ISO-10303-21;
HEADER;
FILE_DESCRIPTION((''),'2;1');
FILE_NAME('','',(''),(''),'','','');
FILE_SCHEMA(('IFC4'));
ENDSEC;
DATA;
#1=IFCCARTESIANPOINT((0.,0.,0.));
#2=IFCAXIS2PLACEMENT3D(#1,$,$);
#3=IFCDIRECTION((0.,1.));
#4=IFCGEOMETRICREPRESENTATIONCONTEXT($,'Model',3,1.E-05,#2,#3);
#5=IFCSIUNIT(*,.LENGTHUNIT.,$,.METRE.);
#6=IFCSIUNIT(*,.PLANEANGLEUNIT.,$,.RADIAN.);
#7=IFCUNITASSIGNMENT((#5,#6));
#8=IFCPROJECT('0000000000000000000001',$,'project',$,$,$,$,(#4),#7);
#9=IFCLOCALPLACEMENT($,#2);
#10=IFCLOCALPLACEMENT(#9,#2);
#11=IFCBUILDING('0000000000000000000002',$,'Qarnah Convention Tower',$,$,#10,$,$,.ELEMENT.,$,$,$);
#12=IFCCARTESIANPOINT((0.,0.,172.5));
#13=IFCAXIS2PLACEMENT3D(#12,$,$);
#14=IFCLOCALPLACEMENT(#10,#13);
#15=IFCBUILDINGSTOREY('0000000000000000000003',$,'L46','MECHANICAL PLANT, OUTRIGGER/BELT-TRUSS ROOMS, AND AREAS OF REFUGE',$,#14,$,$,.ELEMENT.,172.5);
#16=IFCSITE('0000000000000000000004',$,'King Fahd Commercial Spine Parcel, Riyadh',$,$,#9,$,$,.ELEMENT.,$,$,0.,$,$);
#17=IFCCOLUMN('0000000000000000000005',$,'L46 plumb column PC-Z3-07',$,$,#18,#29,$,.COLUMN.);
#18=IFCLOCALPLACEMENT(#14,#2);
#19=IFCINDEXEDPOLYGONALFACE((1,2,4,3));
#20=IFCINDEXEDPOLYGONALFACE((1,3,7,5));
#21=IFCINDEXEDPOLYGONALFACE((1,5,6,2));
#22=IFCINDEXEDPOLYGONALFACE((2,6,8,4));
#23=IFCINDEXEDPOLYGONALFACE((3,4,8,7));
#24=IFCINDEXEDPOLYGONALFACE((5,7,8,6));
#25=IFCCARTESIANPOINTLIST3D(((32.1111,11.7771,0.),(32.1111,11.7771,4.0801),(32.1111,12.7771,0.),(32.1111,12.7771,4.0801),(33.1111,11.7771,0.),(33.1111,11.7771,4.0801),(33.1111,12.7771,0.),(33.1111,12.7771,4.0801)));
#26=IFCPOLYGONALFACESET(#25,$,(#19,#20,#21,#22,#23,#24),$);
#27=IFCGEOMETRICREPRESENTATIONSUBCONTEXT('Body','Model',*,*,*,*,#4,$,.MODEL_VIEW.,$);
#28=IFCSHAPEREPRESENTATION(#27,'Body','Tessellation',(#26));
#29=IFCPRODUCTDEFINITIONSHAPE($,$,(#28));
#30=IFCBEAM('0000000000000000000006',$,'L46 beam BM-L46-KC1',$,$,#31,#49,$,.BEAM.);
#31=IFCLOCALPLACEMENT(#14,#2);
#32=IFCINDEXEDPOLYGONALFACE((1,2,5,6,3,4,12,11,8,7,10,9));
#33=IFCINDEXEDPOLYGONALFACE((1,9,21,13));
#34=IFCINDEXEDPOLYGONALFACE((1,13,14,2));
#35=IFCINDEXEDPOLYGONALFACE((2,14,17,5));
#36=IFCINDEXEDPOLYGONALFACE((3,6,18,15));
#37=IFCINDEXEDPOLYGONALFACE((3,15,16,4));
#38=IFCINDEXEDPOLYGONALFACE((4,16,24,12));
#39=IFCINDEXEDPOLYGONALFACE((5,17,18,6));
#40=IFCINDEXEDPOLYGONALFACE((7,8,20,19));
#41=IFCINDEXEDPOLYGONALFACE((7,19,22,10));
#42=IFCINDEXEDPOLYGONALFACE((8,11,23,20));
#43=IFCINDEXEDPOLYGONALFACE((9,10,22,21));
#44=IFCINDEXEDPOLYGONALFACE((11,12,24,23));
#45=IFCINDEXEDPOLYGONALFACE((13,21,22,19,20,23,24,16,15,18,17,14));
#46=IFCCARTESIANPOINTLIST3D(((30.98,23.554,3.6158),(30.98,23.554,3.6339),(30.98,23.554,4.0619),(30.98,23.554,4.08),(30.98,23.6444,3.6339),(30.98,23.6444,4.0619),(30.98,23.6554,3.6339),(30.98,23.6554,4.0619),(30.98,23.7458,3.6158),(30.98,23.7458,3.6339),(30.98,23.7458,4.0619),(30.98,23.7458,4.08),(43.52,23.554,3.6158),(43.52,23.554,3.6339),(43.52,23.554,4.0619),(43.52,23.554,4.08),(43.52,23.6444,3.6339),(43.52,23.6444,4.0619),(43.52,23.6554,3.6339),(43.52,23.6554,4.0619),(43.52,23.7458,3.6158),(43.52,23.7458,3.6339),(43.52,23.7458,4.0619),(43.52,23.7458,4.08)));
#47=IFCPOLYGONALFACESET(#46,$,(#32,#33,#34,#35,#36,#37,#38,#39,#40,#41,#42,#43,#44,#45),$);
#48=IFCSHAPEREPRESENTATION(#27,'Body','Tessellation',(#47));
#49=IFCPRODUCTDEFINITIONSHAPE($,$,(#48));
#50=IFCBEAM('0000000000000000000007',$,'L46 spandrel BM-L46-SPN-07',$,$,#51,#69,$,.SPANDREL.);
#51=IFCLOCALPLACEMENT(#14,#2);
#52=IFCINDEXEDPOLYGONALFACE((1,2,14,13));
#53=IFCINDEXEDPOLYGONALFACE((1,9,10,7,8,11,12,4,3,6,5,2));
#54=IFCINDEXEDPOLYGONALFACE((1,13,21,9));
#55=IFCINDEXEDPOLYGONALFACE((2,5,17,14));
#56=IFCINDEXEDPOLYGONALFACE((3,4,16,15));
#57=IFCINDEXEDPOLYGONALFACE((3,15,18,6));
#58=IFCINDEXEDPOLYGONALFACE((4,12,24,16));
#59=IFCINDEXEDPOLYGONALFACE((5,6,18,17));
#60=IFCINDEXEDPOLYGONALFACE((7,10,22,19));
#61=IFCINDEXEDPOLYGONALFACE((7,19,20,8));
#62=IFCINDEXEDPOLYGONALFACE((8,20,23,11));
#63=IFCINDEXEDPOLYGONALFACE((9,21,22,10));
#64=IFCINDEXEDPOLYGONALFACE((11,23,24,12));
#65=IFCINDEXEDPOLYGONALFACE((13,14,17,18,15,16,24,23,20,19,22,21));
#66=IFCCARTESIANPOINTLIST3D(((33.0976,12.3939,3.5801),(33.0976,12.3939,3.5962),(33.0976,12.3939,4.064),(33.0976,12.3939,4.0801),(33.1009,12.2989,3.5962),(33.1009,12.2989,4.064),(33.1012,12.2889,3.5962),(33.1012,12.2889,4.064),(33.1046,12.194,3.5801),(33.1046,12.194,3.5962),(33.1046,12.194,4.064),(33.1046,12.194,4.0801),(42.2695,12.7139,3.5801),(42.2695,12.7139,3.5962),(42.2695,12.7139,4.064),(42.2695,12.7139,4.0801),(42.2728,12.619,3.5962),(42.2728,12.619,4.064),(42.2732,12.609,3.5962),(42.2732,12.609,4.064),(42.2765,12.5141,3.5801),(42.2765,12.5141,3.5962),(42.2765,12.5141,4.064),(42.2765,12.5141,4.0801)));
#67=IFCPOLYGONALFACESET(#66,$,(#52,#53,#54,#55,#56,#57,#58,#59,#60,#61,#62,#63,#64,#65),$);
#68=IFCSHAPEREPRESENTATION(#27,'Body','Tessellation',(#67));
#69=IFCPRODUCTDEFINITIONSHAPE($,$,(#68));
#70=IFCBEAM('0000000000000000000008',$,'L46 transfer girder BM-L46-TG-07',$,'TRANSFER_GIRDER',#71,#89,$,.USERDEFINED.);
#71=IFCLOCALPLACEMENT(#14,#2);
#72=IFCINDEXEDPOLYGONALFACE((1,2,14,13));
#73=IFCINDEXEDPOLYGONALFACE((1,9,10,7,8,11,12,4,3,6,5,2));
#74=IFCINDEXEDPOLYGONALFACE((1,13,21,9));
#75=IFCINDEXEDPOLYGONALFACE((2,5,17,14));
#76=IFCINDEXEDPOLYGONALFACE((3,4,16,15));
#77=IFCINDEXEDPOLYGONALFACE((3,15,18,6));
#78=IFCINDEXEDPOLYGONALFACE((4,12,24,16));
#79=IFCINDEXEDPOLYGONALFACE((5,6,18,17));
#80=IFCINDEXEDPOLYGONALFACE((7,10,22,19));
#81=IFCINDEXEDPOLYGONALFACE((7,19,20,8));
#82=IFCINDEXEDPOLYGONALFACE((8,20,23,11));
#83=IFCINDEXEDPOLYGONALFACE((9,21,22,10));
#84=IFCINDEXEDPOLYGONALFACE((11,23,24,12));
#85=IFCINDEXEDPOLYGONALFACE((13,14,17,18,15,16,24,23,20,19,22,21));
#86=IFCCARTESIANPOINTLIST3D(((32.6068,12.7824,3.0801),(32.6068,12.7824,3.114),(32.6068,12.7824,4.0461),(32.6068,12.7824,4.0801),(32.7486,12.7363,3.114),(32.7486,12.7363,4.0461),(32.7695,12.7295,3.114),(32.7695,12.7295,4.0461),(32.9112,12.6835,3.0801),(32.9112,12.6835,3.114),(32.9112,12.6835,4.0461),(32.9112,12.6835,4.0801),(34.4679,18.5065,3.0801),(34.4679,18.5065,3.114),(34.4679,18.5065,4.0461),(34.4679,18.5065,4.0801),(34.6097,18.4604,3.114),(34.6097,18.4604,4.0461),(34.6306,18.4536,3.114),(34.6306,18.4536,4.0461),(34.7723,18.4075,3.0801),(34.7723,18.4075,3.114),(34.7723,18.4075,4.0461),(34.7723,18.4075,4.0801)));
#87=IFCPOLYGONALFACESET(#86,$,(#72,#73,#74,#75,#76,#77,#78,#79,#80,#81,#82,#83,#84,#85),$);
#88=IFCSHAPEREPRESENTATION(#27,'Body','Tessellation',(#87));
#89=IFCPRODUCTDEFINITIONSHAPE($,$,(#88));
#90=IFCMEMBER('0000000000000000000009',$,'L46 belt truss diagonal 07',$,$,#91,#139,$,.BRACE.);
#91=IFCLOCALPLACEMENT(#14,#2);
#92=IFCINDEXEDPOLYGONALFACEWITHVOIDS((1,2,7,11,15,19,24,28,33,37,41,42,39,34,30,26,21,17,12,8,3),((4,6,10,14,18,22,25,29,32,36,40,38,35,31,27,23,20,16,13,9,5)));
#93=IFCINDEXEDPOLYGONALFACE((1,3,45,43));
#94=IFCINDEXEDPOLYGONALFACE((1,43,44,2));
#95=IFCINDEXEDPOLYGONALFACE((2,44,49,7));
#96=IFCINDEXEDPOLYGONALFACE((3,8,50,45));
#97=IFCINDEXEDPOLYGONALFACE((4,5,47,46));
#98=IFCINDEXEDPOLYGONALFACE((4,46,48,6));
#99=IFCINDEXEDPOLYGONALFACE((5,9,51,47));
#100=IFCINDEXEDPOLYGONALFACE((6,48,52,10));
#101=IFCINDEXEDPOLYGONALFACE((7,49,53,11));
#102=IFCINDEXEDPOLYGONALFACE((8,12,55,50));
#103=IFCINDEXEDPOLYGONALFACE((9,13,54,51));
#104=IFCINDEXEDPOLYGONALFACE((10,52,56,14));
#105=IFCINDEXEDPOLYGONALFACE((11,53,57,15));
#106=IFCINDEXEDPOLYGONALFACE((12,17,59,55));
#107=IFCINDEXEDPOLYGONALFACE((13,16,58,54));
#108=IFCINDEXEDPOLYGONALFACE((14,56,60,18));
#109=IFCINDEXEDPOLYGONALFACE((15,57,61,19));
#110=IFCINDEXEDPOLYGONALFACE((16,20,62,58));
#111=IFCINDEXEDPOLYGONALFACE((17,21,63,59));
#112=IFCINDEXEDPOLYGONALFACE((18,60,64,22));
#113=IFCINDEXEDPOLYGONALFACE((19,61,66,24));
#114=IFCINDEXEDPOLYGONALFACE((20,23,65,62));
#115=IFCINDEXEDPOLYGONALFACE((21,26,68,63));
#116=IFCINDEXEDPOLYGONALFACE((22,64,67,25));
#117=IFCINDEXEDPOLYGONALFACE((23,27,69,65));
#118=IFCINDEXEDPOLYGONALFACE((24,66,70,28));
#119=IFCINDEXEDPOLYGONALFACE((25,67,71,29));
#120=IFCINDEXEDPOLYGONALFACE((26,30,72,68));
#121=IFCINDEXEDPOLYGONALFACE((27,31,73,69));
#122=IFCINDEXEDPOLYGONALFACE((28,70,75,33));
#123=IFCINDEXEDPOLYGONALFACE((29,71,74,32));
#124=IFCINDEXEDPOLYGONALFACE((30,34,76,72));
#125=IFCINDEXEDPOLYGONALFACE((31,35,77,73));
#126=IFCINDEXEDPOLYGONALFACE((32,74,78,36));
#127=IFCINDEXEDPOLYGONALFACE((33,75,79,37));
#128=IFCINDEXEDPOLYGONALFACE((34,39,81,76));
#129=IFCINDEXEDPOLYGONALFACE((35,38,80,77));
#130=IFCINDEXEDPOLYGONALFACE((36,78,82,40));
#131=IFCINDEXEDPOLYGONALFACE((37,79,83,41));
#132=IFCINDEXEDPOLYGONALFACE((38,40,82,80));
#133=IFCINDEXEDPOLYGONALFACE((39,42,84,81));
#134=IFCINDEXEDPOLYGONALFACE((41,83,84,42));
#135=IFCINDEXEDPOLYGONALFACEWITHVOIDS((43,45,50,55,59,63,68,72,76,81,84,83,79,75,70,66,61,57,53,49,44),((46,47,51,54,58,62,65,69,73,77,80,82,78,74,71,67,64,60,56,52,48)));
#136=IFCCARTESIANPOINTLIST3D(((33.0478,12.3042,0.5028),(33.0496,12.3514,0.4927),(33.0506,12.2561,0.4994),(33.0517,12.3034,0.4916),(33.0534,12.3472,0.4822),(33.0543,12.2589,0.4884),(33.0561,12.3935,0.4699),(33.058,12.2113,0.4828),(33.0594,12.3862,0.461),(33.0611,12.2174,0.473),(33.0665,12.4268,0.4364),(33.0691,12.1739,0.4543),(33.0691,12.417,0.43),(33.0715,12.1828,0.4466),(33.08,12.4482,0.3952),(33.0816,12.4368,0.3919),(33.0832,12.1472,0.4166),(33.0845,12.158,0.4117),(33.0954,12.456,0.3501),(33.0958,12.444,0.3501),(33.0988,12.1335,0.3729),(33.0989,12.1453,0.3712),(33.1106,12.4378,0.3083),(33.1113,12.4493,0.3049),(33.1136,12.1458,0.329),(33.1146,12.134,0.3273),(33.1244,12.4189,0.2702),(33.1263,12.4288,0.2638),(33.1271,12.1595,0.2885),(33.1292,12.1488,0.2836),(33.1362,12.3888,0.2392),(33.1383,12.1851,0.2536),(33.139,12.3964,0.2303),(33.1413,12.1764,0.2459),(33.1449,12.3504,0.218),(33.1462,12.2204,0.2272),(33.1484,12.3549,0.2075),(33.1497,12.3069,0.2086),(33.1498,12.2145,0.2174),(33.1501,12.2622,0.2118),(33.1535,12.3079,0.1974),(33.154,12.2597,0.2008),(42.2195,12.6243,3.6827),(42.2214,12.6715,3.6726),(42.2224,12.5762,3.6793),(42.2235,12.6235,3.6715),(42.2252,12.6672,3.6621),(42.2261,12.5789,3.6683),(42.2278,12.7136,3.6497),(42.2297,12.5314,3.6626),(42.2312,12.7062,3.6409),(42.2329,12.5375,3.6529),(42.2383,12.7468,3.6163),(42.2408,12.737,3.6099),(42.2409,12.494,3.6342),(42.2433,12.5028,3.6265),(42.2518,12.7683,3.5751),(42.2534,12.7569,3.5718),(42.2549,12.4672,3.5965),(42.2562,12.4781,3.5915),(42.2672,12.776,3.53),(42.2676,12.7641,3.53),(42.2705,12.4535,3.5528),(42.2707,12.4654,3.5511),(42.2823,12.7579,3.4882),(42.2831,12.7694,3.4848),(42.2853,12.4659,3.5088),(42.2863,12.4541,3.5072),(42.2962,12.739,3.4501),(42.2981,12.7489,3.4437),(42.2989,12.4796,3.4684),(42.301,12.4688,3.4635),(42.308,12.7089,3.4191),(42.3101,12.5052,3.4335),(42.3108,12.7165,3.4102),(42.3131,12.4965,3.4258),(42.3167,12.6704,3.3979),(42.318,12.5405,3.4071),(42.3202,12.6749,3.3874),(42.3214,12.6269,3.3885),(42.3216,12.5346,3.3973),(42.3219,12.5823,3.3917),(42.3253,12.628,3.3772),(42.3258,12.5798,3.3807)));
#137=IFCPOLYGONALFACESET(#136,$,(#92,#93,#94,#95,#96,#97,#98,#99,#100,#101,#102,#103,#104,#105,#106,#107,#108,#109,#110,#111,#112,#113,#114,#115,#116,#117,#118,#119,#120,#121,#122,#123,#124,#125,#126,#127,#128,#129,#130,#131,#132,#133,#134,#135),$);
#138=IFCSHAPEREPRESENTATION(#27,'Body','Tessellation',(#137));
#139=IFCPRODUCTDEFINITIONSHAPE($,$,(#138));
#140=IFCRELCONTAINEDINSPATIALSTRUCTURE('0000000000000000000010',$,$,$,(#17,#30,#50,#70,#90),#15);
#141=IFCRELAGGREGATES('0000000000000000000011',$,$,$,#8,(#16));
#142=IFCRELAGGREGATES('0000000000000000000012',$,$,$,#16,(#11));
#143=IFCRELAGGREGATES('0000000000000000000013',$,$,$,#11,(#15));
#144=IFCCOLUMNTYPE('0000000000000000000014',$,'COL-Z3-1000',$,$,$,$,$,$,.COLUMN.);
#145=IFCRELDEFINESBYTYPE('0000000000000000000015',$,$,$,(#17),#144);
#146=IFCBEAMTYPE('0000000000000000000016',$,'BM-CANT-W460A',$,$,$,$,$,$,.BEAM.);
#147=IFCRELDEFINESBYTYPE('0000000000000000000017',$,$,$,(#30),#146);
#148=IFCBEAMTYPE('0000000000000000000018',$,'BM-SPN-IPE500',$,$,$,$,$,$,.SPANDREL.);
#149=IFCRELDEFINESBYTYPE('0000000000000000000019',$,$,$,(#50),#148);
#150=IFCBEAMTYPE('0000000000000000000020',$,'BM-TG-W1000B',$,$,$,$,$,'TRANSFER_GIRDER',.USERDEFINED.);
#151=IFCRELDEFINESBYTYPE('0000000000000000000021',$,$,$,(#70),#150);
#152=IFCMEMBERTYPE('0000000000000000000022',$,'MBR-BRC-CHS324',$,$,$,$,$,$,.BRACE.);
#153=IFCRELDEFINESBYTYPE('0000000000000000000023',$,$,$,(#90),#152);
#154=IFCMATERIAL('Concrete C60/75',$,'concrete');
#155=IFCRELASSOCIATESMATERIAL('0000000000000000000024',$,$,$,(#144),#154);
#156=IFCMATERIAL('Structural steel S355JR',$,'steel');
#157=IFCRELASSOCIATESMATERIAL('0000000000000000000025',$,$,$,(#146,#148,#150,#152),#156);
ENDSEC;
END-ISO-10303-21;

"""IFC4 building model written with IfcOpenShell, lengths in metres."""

from ifc_helpers import new_model, si_unit, direction, frame, origin, origin_2d, place, context, subcontext, project, spatial, rectangle, hollow_circle, i_section, extrude, material, material_profile, profile_set, type_object, element, save


model = new_model("IFC4")

# Units and contexts
model_context = context("Model", 3, precision=1e-05, world=origin(), true_north=direction((0.0, 1.0)))
body_context = subcontext(model_context, "Body", "Model", "MODEL_VIEW")
ifc_project = project(units=[si_unit("LENGTHUNIT", "METRE"), si_unit("PLANEANGLEUNIT", "RADIAN")], contexts=[model_context])

# Site, building, storey
site_placement = place(None, origin())
site = spatial("IfcSite", under=ifc_project, at=site_placement, Name="King Fahd Commercial Spine Parcel, Riyadh", CompositionType="ELEMENT", RefElevation=0.0)
building_placement = place(site_placement, origin())
building = spatial("IfcBuilding", under=site, at=building_placement, Name="Qarnah Convention Tower", CompositionType="ELEMENT")
storey_placement = place(building_placement, frame((0.0, 0.0, 172.5)))
storey = spatial("IfcBuildingStorey", under=building, at=storey_placement, Name="L46", Description="MECHANICAL PLANT, OUTRIGGER/BELT-TRUSS ROOMS, AND AREAS OF REFUGE", CompositionType="ELEMENT", Elevation=172.5)

# Column
ifc_material_1 = material(Name="Concrete C60/75", Category="concrete")
ifc_material_profile_1 = material_profile(ifc_material_1, rectangle(XDim=1.0, YDim=1.0, at=origin_2d()), Name="RC-COL-1000X1000")
ifc_profile_set_1 = profile_set([ifc_material_profile_1], Name="Concrete C60/75")
column_type = type_object("IfcColumnType", Name="COL-Z3-1000", PredefinedType="COLUMN", material=ifc_profile_set_1)
column_placement = place(storey_placement, frame((32.6111, 12.2771, 0.0), z_axis=(0.0, 0.0, 1.0), x_axis=(1.0, 0.0, 0.0)))
element("IfcColumn", 1, at=column_placement, inside=storey, type_object=column_type, Name="L46 plumb column PC-Z3-07", PredefinedType="COLUMN", context=body_context, shape_type="SweptSolid", body=[
    extrude(rectangle(XDim=1.0, YDim=1.0, at=origin_2d()), origin(), (0.0, 0.0, 1.0), 4.0801),
])

# Beams
ifc_material_2 = material(Name="Structural steel S355JR", Category="steel")
ifc_material_profile_2 = material_profile(ifc_material_2, i_section(OverallWidth=0.1919, OverallDepth=0.4641, WebThickness=0.011, FlangeThickness=0.0181, at=origin_2d()), Name="W460X89")
ifc_profile_set_2 = profile_set([ifc_material_profile_2], Name="Structural steel S355JR")
beam_type_1 = type_object("IfcBeamType", Name="BM-CANT-W460A", PredefinedType="BEAM", material=ifc_profile_set_2)
beam_1_placement = place(storey_placement, frame((30.98, 23.6499, 3.8479), z_axis=(1.0, 0.0, 0.0), x_axis=(0.0, 1.0, 0.0)))
element("IfcBeam", 2, at=beam_1_placement, inside=storey, type_object=beam_type_1, Name="L46 beam BM-L46-KC1", PredefinedType="BEAM", context=body_context, shape_type="SweptSolid", body=[
    extrude(i_section(OverallWidth=0.1919, OverallDepth=0.4641, WebThickness=0.011, FlangeThickness=0.0181, at=origin_2d()), origin(), (0.0, 0.0, 1.0), 12.54),
])
ifc_material_profile_3 = material_profile(ifc_material_2, i_section(OverallWidth=0.2, OverallDepth=0.5, WebThickness=0.01, FlangeThickness=0.0161, at=origin_2d()), Name="IPE500")
ifc_profile_set_3 = profile_set([ifc_material_profile_3], Name="Structural steel S355JR")
beam_type_2 = type_object("IfcBeamType", Name="BM-SPN-IPE500", PredefinedType="SPANDREL", material=ifc_profile_set_3)
beam_2_placement = place(storey_placement, frame((33.1011, 12.2939, 3.8301), z_axis=(0.999392, 0.034875, 0.0), x_axis=(-0.034875, 0.999392, 0.0)))
element("IfcBeam", 3, at=beam_2_placement, inside=storey, type_object=beam_type_2, Name="L46 spandrel BM-L46-SPN-07", PredefinedType="SPANDREL", context=body_context, shape_type="SweptSolid", body=[
    extrude(i_section(OverallWidth=0.2, OverallDepth=0.5, WebThickness=0.01, FlangeThickness=0.0161, at=origin_2d()), origin(), (0.0, 0.0, 1.0), 9.1775),
])
ifc_material_profile_4 = material_profile(ifc_material_2, i_section(OverallWidth=0.3201, OverallDepth=1.0, WebThickness=0.022, FlangeThickness=0.0339, at=origin_2d()), Name="W1000X371")
ifc_profile_set_4 = profile_set([ifc_material_profile_4], Name="Structural steel S355JR")
beam_type_3 = type_object("IfcBeamType", Name="BM-TG-W1000B", ElementType="TRANSFER_GIRDER", PredefinedType="USERDEFINED", material=ifc_profile_set_4)
beam_3_placement = place(storey_placement, frame((34.6201, 18.457, 3.5801), z_axis=(-0.309198, -0.950998, 0.0), x_axis=(0.950998, -0.309198, 0.0)))
element("IfcBeam", 4, at=beam_3_placement, inside=storey, type_object=beam_type_3, Name="L46 transfer girder BM-L46-TG-07", ObjectType="TRANSFER_GIRDER", PredefinedType="USERDEFINED", context=body_context, shape_type="SweptSolid", body=[
    extrude(i_section(OverallWidth=0.3201, OverallDepth=1.0, WebThickness=0.022, FlangeThickness=0.0339, at=origin_2d()), origin(), (0.0, 0.0, 1.0), 6.019),
])

# Member
ifc_material_profile_5 = material_profile(ifc_material_2, hollow_circle(Radius=0.1621, WallThickness=0.012, at=origin_2d()), Name="CHS324X12")
ifc_profile_set_5 = profile_set([ifc_material_profile_5], Name="Structural steel S355JR")
member_type_1 = type_object("IfcMemberType", Name="MBR-BRC-CHS324", PredefinedType="BRACE", material=ifc_profile_set_5)
member_1_placement = place(storey_placement, frame((33.1011, 12.2939, 0.3501), z_axis=(0.944312, 0.032953, 0.327397), x_axis=(-0.034875, 0.999392, 0.0)))
element("IfcMember", 5, at=member_1_placement, inside=storey, type_object=member_type_1, Name="L46 belt truss diagonal 07", PredefinedType="BRACE", context=body_context, shape_type="SweptSolid", body=[
    extrude(hollow_circle(Radius=0.1621, WallThickness=0.012, at=origin_2d()), origin(), (0.0, 0.0, 1.0), 9.7126),
])

save(model, "model.ifc")
